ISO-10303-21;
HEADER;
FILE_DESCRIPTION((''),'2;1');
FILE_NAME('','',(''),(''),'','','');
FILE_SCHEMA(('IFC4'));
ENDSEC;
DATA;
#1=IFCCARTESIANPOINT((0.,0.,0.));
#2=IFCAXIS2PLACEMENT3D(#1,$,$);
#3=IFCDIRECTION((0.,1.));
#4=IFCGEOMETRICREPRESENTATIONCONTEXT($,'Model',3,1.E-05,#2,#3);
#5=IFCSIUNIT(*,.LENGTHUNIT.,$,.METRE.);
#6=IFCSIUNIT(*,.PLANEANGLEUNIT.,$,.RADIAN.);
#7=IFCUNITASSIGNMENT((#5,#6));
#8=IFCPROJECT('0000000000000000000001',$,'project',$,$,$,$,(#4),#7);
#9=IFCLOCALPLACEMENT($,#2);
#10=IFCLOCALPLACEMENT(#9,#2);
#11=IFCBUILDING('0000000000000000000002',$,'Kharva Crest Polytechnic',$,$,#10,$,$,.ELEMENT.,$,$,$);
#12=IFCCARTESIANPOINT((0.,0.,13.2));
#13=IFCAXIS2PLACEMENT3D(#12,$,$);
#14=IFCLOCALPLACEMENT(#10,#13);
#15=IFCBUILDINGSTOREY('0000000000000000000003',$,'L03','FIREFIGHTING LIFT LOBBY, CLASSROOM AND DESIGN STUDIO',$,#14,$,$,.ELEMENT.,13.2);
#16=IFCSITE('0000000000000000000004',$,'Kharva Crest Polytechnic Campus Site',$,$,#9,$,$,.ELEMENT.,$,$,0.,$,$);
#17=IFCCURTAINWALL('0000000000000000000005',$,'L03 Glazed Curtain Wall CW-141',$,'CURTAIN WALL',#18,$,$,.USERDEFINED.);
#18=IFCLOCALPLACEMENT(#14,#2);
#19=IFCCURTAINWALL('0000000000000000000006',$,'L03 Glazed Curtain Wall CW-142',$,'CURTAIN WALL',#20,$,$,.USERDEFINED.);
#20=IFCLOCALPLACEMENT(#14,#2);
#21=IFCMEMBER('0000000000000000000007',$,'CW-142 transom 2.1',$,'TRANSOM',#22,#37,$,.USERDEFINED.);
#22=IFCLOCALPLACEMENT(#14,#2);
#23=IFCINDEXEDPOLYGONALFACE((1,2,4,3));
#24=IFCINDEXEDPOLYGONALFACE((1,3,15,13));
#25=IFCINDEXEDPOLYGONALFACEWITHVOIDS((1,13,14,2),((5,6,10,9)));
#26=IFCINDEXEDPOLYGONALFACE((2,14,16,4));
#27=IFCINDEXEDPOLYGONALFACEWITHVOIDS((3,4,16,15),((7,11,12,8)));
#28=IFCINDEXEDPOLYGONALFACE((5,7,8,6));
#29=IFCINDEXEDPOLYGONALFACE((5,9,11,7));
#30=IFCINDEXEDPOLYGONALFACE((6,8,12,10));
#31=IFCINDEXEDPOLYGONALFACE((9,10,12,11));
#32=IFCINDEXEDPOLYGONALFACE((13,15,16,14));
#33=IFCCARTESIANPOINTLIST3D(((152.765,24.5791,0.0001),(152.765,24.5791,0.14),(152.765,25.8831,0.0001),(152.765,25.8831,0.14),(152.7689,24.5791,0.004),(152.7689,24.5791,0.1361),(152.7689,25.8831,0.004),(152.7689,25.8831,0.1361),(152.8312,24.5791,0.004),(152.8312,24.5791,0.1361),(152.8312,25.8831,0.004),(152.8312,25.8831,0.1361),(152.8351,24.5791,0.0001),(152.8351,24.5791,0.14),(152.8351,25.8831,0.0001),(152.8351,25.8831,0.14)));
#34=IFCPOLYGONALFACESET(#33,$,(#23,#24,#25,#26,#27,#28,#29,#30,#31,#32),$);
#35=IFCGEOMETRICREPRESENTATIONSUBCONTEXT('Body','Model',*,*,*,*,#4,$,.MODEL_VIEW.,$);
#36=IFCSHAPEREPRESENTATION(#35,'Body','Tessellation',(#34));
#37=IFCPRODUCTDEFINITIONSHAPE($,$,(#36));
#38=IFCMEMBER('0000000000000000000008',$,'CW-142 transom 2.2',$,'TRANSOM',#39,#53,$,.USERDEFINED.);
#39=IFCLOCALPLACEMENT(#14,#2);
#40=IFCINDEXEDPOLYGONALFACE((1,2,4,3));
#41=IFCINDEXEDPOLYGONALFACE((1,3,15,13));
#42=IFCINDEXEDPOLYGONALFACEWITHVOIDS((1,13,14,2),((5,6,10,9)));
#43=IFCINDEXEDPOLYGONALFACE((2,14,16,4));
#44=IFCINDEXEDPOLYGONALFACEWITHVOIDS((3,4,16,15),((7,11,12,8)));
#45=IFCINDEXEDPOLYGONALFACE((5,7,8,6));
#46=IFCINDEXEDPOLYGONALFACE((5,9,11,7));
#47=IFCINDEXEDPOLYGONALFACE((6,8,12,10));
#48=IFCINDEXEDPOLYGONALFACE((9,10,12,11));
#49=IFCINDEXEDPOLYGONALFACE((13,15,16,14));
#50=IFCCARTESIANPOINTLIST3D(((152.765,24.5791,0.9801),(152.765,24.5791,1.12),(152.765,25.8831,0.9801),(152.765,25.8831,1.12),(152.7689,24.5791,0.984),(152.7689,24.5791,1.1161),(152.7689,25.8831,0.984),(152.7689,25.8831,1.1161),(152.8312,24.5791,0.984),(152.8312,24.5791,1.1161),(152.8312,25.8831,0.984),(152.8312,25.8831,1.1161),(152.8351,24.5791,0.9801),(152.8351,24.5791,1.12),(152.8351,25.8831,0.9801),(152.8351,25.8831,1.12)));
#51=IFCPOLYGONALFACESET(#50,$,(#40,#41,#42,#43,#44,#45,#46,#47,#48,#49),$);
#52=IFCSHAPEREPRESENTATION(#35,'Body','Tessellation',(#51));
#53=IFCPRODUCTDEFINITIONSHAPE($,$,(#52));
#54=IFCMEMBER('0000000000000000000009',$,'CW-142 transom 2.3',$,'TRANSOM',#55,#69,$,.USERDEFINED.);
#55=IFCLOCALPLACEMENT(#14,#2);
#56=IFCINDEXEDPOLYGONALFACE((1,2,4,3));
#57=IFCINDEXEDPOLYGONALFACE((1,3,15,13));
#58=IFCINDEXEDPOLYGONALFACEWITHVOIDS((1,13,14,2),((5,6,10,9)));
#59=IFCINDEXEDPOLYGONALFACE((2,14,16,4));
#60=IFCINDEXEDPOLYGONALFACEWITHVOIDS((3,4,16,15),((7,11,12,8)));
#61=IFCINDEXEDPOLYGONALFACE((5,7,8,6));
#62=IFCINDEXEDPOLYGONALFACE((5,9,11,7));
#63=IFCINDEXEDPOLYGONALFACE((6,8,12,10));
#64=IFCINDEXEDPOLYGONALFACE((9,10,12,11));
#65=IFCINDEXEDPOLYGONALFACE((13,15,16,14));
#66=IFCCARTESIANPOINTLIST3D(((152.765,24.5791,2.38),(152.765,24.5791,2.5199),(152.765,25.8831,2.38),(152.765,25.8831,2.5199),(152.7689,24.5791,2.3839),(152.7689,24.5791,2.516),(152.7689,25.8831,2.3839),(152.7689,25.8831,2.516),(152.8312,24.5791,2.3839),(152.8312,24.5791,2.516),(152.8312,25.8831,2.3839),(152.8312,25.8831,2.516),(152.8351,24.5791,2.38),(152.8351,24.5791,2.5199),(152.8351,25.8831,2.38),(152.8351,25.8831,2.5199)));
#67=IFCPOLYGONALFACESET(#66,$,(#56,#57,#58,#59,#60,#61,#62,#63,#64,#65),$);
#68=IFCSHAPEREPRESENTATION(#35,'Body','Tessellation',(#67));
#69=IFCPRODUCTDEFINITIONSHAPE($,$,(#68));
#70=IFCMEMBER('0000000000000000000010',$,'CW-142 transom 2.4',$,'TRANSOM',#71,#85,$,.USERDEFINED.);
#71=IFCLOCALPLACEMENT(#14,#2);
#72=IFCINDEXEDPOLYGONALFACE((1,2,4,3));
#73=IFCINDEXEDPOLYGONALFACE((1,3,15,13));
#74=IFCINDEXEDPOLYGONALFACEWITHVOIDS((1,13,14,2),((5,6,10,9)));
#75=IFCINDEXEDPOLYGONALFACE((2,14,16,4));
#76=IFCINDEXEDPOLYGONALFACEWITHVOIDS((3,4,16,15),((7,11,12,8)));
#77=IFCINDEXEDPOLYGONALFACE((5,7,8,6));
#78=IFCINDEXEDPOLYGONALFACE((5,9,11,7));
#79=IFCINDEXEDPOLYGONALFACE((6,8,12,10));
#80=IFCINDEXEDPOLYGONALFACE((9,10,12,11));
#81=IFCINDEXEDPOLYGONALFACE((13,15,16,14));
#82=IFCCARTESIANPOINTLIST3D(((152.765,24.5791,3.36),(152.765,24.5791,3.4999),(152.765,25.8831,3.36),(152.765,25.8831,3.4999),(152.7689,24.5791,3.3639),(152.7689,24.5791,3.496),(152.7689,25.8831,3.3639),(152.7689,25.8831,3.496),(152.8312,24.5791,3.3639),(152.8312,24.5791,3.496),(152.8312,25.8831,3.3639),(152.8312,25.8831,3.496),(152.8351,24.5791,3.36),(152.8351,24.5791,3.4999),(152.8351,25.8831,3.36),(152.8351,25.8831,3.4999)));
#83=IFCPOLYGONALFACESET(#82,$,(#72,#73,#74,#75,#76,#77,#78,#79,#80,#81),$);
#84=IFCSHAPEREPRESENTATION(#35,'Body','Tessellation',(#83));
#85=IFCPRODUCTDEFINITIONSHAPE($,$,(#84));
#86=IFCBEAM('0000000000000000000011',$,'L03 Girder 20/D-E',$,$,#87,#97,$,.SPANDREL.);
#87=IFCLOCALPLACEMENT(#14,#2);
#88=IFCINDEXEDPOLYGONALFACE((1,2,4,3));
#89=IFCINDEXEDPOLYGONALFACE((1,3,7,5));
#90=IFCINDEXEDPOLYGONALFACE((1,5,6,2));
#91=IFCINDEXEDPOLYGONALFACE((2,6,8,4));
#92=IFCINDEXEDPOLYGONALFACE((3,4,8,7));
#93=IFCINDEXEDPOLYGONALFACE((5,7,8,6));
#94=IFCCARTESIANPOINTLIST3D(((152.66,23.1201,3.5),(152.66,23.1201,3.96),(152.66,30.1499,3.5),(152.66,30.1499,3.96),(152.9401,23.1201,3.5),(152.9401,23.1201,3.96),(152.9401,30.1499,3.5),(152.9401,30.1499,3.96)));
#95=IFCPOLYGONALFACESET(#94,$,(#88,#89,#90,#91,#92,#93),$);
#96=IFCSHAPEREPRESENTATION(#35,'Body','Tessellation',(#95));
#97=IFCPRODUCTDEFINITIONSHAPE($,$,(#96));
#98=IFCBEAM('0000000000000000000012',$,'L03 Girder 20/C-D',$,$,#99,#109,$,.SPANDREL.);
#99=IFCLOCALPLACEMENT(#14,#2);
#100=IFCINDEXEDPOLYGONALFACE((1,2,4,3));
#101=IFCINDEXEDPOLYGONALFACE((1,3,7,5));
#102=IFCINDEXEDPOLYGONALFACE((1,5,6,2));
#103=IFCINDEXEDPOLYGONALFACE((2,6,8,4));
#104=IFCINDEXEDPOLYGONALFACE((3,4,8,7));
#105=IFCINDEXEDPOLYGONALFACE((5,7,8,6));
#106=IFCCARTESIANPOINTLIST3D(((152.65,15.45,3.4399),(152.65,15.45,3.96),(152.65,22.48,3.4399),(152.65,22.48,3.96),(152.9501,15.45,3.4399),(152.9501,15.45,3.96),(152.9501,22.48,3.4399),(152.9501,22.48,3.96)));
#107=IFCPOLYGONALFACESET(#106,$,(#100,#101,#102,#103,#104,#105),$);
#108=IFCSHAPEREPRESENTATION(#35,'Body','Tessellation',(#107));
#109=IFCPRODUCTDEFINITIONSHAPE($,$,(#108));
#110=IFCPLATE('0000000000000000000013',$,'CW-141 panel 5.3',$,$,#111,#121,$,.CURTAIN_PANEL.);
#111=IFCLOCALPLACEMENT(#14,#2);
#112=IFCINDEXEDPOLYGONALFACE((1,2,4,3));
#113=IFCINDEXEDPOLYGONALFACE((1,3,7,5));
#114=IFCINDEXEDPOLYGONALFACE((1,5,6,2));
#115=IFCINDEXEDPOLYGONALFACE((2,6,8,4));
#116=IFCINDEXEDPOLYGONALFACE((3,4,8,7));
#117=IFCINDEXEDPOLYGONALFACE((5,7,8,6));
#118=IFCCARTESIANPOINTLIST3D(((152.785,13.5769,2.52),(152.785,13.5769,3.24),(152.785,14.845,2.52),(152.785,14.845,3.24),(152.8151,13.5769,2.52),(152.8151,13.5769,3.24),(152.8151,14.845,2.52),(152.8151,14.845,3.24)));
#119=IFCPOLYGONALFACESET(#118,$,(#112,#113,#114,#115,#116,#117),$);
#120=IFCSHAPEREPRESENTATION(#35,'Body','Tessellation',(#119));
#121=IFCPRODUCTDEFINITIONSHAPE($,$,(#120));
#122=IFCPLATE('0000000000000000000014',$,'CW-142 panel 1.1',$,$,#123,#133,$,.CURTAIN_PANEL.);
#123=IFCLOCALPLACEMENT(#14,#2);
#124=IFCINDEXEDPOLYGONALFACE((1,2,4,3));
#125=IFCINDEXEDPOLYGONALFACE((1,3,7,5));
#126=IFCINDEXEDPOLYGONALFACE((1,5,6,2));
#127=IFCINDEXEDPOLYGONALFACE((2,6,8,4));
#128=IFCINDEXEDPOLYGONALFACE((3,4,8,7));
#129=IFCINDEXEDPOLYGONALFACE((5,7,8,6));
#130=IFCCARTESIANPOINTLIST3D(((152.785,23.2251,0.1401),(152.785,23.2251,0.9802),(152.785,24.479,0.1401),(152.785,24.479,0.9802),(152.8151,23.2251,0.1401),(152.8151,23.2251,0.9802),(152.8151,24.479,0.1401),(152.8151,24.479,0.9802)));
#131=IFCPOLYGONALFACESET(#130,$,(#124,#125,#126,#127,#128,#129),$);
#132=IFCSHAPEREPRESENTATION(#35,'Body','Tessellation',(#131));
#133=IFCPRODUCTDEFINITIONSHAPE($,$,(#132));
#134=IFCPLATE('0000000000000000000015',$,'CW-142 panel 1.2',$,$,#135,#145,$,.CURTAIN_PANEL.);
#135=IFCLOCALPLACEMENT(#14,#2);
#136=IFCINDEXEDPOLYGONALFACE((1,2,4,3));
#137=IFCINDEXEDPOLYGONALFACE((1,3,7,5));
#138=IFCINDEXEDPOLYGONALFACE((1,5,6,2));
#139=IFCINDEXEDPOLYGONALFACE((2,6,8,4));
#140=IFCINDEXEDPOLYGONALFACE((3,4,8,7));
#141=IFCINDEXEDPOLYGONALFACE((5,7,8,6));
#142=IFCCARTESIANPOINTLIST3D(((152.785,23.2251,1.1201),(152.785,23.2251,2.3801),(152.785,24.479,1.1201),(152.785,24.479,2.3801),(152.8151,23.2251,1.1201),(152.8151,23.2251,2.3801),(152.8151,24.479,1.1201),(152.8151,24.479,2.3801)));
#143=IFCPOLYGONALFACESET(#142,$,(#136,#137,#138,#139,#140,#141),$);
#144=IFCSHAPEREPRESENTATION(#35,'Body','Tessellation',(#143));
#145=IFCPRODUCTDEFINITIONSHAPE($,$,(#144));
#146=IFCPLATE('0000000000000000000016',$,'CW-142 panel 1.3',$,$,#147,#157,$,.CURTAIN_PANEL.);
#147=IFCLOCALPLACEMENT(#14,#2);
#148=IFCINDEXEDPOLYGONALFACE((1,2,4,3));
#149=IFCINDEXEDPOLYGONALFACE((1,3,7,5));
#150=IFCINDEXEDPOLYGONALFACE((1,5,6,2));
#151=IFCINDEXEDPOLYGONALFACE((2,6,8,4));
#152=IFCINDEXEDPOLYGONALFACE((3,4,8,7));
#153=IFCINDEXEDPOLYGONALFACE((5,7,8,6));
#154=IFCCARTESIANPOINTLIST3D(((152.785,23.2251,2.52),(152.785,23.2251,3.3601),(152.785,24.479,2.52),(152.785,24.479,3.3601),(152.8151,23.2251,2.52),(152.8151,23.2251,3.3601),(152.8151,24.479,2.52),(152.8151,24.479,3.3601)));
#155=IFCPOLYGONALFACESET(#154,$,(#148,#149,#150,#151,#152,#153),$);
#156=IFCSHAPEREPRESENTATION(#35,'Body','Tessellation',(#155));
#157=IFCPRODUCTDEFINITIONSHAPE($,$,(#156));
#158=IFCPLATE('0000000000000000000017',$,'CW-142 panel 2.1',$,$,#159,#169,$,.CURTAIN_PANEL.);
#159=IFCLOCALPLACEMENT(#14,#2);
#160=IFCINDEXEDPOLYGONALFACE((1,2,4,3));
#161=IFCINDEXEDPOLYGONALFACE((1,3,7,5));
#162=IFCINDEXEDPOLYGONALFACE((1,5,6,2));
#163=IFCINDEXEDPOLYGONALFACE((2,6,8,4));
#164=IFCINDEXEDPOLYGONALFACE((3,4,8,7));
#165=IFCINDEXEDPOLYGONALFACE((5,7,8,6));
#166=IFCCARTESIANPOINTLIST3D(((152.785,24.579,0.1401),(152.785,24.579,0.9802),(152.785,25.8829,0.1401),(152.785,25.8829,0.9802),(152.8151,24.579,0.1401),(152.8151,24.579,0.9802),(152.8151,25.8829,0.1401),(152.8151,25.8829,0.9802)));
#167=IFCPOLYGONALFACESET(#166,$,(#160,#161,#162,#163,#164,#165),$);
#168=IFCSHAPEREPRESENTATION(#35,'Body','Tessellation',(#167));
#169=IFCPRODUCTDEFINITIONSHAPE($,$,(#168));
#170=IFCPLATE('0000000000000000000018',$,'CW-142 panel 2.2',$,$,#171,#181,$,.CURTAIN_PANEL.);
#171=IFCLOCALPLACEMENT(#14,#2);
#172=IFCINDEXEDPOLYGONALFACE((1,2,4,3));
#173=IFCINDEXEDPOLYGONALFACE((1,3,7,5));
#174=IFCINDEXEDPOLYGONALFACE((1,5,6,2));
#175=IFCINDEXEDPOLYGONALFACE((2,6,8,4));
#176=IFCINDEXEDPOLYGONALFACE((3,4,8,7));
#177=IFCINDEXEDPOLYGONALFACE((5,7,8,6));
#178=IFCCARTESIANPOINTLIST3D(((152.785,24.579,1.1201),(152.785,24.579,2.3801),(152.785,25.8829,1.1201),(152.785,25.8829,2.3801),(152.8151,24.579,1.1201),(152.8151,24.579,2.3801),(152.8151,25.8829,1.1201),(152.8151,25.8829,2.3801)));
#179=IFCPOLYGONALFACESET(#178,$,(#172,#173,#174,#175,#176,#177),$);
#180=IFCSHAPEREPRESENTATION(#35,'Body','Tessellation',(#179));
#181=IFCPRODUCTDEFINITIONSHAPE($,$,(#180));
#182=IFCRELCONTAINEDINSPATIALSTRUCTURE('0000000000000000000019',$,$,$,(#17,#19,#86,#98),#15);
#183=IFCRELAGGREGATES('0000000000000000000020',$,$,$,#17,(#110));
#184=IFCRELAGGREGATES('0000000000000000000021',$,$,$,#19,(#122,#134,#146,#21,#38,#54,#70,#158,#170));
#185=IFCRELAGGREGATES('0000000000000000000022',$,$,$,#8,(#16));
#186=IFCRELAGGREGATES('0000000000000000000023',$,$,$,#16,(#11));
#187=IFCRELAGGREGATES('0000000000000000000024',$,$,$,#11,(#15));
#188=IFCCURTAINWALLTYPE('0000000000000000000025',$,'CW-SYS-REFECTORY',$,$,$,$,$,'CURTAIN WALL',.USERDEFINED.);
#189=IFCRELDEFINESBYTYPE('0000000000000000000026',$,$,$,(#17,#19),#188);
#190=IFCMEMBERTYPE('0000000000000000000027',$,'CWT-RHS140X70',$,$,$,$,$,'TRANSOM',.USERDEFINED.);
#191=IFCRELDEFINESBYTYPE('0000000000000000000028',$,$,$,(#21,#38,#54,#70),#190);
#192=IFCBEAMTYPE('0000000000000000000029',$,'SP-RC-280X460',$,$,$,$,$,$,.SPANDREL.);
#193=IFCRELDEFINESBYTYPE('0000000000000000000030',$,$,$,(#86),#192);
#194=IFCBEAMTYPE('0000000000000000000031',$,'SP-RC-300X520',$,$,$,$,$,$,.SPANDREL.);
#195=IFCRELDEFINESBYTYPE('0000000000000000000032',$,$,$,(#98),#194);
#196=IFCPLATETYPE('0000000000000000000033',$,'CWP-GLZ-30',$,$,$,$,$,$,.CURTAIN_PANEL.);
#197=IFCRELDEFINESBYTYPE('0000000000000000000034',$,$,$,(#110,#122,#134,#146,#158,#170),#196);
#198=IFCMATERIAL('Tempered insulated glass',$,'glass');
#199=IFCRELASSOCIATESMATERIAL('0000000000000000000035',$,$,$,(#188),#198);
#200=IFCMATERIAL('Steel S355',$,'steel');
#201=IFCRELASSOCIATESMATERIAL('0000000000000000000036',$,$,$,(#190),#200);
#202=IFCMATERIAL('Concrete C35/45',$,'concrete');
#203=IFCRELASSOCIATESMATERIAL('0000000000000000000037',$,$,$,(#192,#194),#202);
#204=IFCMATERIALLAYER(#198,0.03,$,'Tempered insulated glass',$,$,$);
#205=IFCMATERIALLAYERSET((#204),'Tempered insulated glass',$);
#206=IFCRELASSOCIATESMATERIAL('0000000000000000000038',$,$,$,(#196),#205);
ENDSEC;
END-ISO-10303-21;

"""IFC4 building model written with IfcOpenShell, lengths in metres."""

from ifc_helpers import new_model, si_unit, direction, frame, origin, origin_2d, place, context, subcontext, project, spatial, rectangle, hollow_rectangle, extrude, material, layer, layer_set, material_profile, profile_set, type_object, element, aggregate, save


model = new_model("IFC4")

# Units and contexts
model_context = context("Model", 3, precision=1e-05, world=origin(), true_north=direction((0.0, 1.0)))
body_context = subcontext(model_context, "Body", "Model", "MODEL_VIEW")
ifc_project = project(units=[si_unit("LENGTHUNIT", "METRE"), si_unit("PLANEANGLEUNIT", "RADIAN")], contexts=[model_context])

# Site, building, storey
site_placement = place(None, origin())
site = spatial("IfcSite", under=ifc_project, at=site_placement, Name="Kharva Crest Polytechnic Campus Site", CompositionType="ELEMENT", RefElevation=0.0)
building_placement = place(site_placement, origin())
building = spatial("IfcBuilding", under=site, at=building_placement, Name="Kharva Crest Polytechnic", CompositionType="ELEMENT")
storey_placement = place(building_placement, frame((0.0, 0.0, 13.2)))
storey = spatial("IfcBuildingStorey", under=building, at=storey_placement, Name="L03", Description="FIREFIGHTING LIFT LOBBY, CLASSROOM AND DESIGN STUDIO", CompositionType="ELEMENT", Elevation=13.2)

# Curtain wall
ifc_material_1 = material(Name="Tempered insulated glass", Category="glass")
curtain_wall_type = type_object("IfcCurtainWallType", Name="CW-SYS-REFECTORY", ElementType="CURTAIN WALL", PredefinedType="USERDEFINED", material=ifc_material_1)
curtain_wall_1_placement = place(storey_placement, origin())
curtain_wall_1 = element("IfcCurtainWall", 1, at=curtain_wall_1_placement, inside=storey, type_object=curtain_wall_type, Name="L03 Glazed Curtain Wall CW-141", ObjectType="CURTAIN WALL", PredefinedType="USERDEFINED")
ifc_material_2 = material(Name="Steel S355", Category="steel")

# Curtain wall, members
curtain_wall_2_placement = place(storey_placement, origin())
curtain_wall_2 = element("IfcCurtainWall", 2, at=curtain_wall_2_placement, inside=storey, type_object=curtain_wall_type, Name="L03 Glazed Curtain Wall CW-142", ObjectType="CURTAIN WALL", PredefinedType="USERDEFINED")
ifc_material_profile_1 = material_profile(ifc_material_2, hollow_rectangle(XDim=0.0701, YDim=0.1399, WallThickness=0.0039, at=origin_2d()), Name="RHS 140X70X4.0")
ifc_profile_set_1 = profile_set([ifc_material_profile_1], Name="Steel S355")
member_type_1 = type_object("IfcMemberType", Name="CWT-RHS140X70", ElementType="TRANSOM", PredefinedType="USERDEFINED", material=ifc_profile_set_1)
member_1_placement = place(storey_placement, frame((152.8, 24.5791, 0.0701), z_axis=(0.0, 1.0, 0.0), x_axis=(-1.0, 0.0, 0.0)))
member_1 = element("IfcMember", 3, at=member_1_placement, type_object=member_type_1, Name="CW-142 transom 2.1", ObjectType="TRANSOM", PredefinedType="USERDEFINED", context=body_context, shape_type="SweptSolid", body=[
    extrude(hollow_rectangle(XDim=0.0701, YDim=0.1399, WallThickness=0.0039, at=origin_2d()), origin(), (0.0, 0.0, 1.0), 1.304),
])
member_2_placement = place(storey_placement, frame((152.8, 24.5791, 1.05), z_axis=(0.0, 1.0, 0.0), x_axis=(-1.0, 0.0, 0.0)))
member_2 = element("IfcMember", 4, at=member_2_placement, type_object=member_type_1, Name="CW-142 transom 2.2", ObjectType="TRANSOM", PredefinedType="USERDEFINED", context=body_context, shape_type="SweptSolid", body=[
    extrude(hollow_rectangle(XDim=0.0701, YDim=0.1399, WallThickness=0.0039, at=origin_2d()), origin(), (0.0, 0.0, 1.0), 1.304),
])
member_3_placement = place(storey_placement, frame((152.8, 24.5791, 2.45), z_axis=(0.0, 1.0, 0.0), x_axis=(-1.0, 0.0, 0.0)))
member_3 = element("IfcMember", 5, at=member_3_placement, type_object=member_type_1, Name="CW-142 transom 2.3", ObjectType="TRANSOM", PredefinedType="USERDEFINED", context=body_context, shape_type="SweptSolid", body=[
    extrude(hollow_rectangle(XDim=0.0701, YDim=0.1399, WallThickness=0.0039, at=origin_2d()), origin(), (0.0, 0.0, 1.0), 1.304),
])
member_4_placement = place(storey_placement, frame((152.8, 24.5791, 3.4299), z_axis=(0.0, 1.0, 0.0), x_axis=(-1.0, 0.0, 0.0)))
member_4 = element("IfcMember", 6, at=member_4_placement, type_object=member_type_1, Name="CW-142 transom 2.4", ObjectType="TRANSOM", PredefinedType="USERDEFINED", context=body_context, shape_type="SweptSolid", body=[
    extrude(hollow_rectangle(XDim=0.0701, YDim=0.1399, WallThickness=0.0039, at=origin_2d()), origin(), (0.0, 0.0, 1.0), 1.304),
])

# Beams
ifc_material_3 = material(Name="Concrete C35/45", Category="concrete")
ifc_material_profile_2 = material_profile(ifc_material_3, rectangle(XDim=0.28, YDim=0.46, at=origin_2d()), Name="RECT 280 X 460")
ifc_profile_set_2 = profile_set([ifc_material_profile_2], Name="Concrete C35/45")
beam_type_1 = type_object("IfcBeamType", Name="SP-RC-280X460", PredefinedType="SPANDREL", material=ifc_profile_set_2)
beam_1_placement = place(storey_placement, frame((152.8, 23.1201, 3.73), z_axis=(0.0, 1.0, 0.0), x_axis=(-1.0, 0.0, 0.0)))
element("IfcBeam", 7, at=beam_1_placement, inside=storey, type_object=beam_type_1, Name="L03 Girder 20/D-E", PredefinedType="SPANDREL", context=body_context, shape_type="SweptSolid", body=[
    extrude(rectangle(XDim=0.28, YDim=0.46, at=origin_2d()), origin(), (0.0, 0.0, 1.0), 7.0298),
])
ifc_material_profile_3 = material_profile(ifc_material_3, rectangle(XDim=0.3, YDim=0.52, at=origin_2d()), Name="RECT 300 X 520")
ifc_profile_set_3 = profile_set([ifc_material_profile_3], Name="Concrete C35/45")
beam_type_2 = type_object("IfcBeamType", Name="SP-RC-300X520", PredefinedType="SPANDREL", material=ifc_profile_set_3)
beam_2_placement = place(storey_placement, frame((152.8, 15.45, 3.7), z_axis=(0.0, 1.0, 0.0), x_axis=(-1.0, 0.0, 0.0)))
element("IfcBeam", 8, at=beam_2_placement, inside=storey, type_object=beam_type_2, Name="L03 Girder 20/C-D", PredefinedType="SPANDREL", context=body_context, shape_type="SweptSolid", body=[
    extrude(rectangle(XDim=0.3, YDim=0.52, at=origin_2d()), origin(), (0.0, 0.0, 1.0), 7.03),
])

# Plates
ifc_layer_1 = layer(ifc_material_1, 0.03, Name="Tempered insulated glass")
ifc_layer_set_1 = layer_set([ifc_layer_1], Name="Tempered insulated glass")
plate_type = type_object("IfcPlateType", Name="CWP-GLZ-30", PredefinedType="CURTAIN_PANEL", material=ifc_layer_set_1)
plate_1_placement = place(storey_placement, frame((152.8, 14.2109, 2.52), z_axis=(0.0, 0.0, 1.0), x_axis=(0.0, 1.0, 0.0)))
plate_1 = element("IfcPlate", 9, at=plate_1_placement, type_object=plate_type, Name="CW-141 panel 5.3", PredefinedType="CURTAIN_PANEL", context=body_context, shape_type="SweptSolid", body=[
    extrude(rectangle(XDim=1.2681, YDim=0.03, at=origin_2d()), origin(), (0.0, 0.0, 1.0), 0.72),
])
aggregate(curtain_wall_1, [plate_1])
plate_2_placement = place(storey_placement, frame((152.8, 23.8521, 0.1401), z_axis=(0.0, 0.0, 1.0), x_axis=(0.0, 1.0, 0.0)))
plate_2 = element("IfcPlate", 10, at=plate_2_placement, type_object=plate_type, Name="CW-142 panel 1.1", PredefinedType="CURTAIN_PANEL", context=body_context, shape_type="SweptSolid", body=[
    extrude(rectangle(XDim=1.2539, YDim=0.03, at=origin_2d()), origin(), (0.0, 0.0, 1.0), 0.8401),
])
plate_3_placement = place(storey_placement, frame((152.8, 23.8521, 1.1201), z_axis=(0.0, 0.0, 1.0), x_axis=(0.0, 1.0, 0.0)))
plate_3 = element("IfcPlate", 11, at=plate_3_placement, type_object=plate_type, Name="CW-142 panel 1.2", PredefinedType="CURTAIN_PANEL", context=body_context, shape_type="SweptSolid", body=[
    extrude(rectangle(XDim=1.2539, YDim=0.03, at=origin_2d()), origin(), (0.0, 0.0, 1.0), 1.26),
])
plate_4_placement = place(storey_placement, frame((152.8, 23.8521, 2.52), z_axis=(0.0, 0.0, 1.0), x_axis=(0.0, 1.0, 0.0)))
plate_4 = element("IfcPlate", 12, at=plate_4_placement, type_object=plate_type, Name="CW-142 panel 1.3", PredefinedType="CURTAIN_PANEL", context=body_context, shape_type="SweptSolid", body=[
    extrude(rectangle(XDim=1.2539, YDim=0.03, at=origin_2d()), origin(), (0.0, 0.0, 1.0), 0.8401),
])
plate_5_placement = place(storey_placement, frame((152.8, 25.231, 0.1401), z_axis=(0.0, 0.0, 1.0), x_axis=(0.0, 1.0, 0.0)))
plate_5 = element("IfcPlate", 13, at=plate_5_placement, type_object=plate_type, Name="CW-142 panel 2.1", PredefinedType="CURTAIN_PANEL", context=body_context, shape_type="SweptSolid", body=[
    extrude(rectangle(XDim=1.304, YDim=0.03, at=origin_2d()), origin(), (0.0, 0.0, 1.0), 0.8401),
])
plate_6_placement = place(storey_placement, frame((152.8, 25.231, 1.1201), z_axis=(0.0, 0.0, 1.0), x_axis=(0.0, 1.0, 0.0)))
plate_6 = element("IfcPlate", 14, at=plate_6_placement, type_object=plate_type, Name="CW-142 panel 2.2", PredefinedType="CURTAIN_PANEL", context=body_context, shape_type="SweptSolid", body=[
    extrude(rectangle(XDim=1.304, YDim=0.03, at=origin_2d()), origin(), (0.0, 0.0, 1.0), 1.26),
])
aggregate(curtain_wall_2, [plate_2, plate_3, plate_4, member_1, member_2, member_3, member_4, plate_5, plate_6])

save(model, "model.ifc")
